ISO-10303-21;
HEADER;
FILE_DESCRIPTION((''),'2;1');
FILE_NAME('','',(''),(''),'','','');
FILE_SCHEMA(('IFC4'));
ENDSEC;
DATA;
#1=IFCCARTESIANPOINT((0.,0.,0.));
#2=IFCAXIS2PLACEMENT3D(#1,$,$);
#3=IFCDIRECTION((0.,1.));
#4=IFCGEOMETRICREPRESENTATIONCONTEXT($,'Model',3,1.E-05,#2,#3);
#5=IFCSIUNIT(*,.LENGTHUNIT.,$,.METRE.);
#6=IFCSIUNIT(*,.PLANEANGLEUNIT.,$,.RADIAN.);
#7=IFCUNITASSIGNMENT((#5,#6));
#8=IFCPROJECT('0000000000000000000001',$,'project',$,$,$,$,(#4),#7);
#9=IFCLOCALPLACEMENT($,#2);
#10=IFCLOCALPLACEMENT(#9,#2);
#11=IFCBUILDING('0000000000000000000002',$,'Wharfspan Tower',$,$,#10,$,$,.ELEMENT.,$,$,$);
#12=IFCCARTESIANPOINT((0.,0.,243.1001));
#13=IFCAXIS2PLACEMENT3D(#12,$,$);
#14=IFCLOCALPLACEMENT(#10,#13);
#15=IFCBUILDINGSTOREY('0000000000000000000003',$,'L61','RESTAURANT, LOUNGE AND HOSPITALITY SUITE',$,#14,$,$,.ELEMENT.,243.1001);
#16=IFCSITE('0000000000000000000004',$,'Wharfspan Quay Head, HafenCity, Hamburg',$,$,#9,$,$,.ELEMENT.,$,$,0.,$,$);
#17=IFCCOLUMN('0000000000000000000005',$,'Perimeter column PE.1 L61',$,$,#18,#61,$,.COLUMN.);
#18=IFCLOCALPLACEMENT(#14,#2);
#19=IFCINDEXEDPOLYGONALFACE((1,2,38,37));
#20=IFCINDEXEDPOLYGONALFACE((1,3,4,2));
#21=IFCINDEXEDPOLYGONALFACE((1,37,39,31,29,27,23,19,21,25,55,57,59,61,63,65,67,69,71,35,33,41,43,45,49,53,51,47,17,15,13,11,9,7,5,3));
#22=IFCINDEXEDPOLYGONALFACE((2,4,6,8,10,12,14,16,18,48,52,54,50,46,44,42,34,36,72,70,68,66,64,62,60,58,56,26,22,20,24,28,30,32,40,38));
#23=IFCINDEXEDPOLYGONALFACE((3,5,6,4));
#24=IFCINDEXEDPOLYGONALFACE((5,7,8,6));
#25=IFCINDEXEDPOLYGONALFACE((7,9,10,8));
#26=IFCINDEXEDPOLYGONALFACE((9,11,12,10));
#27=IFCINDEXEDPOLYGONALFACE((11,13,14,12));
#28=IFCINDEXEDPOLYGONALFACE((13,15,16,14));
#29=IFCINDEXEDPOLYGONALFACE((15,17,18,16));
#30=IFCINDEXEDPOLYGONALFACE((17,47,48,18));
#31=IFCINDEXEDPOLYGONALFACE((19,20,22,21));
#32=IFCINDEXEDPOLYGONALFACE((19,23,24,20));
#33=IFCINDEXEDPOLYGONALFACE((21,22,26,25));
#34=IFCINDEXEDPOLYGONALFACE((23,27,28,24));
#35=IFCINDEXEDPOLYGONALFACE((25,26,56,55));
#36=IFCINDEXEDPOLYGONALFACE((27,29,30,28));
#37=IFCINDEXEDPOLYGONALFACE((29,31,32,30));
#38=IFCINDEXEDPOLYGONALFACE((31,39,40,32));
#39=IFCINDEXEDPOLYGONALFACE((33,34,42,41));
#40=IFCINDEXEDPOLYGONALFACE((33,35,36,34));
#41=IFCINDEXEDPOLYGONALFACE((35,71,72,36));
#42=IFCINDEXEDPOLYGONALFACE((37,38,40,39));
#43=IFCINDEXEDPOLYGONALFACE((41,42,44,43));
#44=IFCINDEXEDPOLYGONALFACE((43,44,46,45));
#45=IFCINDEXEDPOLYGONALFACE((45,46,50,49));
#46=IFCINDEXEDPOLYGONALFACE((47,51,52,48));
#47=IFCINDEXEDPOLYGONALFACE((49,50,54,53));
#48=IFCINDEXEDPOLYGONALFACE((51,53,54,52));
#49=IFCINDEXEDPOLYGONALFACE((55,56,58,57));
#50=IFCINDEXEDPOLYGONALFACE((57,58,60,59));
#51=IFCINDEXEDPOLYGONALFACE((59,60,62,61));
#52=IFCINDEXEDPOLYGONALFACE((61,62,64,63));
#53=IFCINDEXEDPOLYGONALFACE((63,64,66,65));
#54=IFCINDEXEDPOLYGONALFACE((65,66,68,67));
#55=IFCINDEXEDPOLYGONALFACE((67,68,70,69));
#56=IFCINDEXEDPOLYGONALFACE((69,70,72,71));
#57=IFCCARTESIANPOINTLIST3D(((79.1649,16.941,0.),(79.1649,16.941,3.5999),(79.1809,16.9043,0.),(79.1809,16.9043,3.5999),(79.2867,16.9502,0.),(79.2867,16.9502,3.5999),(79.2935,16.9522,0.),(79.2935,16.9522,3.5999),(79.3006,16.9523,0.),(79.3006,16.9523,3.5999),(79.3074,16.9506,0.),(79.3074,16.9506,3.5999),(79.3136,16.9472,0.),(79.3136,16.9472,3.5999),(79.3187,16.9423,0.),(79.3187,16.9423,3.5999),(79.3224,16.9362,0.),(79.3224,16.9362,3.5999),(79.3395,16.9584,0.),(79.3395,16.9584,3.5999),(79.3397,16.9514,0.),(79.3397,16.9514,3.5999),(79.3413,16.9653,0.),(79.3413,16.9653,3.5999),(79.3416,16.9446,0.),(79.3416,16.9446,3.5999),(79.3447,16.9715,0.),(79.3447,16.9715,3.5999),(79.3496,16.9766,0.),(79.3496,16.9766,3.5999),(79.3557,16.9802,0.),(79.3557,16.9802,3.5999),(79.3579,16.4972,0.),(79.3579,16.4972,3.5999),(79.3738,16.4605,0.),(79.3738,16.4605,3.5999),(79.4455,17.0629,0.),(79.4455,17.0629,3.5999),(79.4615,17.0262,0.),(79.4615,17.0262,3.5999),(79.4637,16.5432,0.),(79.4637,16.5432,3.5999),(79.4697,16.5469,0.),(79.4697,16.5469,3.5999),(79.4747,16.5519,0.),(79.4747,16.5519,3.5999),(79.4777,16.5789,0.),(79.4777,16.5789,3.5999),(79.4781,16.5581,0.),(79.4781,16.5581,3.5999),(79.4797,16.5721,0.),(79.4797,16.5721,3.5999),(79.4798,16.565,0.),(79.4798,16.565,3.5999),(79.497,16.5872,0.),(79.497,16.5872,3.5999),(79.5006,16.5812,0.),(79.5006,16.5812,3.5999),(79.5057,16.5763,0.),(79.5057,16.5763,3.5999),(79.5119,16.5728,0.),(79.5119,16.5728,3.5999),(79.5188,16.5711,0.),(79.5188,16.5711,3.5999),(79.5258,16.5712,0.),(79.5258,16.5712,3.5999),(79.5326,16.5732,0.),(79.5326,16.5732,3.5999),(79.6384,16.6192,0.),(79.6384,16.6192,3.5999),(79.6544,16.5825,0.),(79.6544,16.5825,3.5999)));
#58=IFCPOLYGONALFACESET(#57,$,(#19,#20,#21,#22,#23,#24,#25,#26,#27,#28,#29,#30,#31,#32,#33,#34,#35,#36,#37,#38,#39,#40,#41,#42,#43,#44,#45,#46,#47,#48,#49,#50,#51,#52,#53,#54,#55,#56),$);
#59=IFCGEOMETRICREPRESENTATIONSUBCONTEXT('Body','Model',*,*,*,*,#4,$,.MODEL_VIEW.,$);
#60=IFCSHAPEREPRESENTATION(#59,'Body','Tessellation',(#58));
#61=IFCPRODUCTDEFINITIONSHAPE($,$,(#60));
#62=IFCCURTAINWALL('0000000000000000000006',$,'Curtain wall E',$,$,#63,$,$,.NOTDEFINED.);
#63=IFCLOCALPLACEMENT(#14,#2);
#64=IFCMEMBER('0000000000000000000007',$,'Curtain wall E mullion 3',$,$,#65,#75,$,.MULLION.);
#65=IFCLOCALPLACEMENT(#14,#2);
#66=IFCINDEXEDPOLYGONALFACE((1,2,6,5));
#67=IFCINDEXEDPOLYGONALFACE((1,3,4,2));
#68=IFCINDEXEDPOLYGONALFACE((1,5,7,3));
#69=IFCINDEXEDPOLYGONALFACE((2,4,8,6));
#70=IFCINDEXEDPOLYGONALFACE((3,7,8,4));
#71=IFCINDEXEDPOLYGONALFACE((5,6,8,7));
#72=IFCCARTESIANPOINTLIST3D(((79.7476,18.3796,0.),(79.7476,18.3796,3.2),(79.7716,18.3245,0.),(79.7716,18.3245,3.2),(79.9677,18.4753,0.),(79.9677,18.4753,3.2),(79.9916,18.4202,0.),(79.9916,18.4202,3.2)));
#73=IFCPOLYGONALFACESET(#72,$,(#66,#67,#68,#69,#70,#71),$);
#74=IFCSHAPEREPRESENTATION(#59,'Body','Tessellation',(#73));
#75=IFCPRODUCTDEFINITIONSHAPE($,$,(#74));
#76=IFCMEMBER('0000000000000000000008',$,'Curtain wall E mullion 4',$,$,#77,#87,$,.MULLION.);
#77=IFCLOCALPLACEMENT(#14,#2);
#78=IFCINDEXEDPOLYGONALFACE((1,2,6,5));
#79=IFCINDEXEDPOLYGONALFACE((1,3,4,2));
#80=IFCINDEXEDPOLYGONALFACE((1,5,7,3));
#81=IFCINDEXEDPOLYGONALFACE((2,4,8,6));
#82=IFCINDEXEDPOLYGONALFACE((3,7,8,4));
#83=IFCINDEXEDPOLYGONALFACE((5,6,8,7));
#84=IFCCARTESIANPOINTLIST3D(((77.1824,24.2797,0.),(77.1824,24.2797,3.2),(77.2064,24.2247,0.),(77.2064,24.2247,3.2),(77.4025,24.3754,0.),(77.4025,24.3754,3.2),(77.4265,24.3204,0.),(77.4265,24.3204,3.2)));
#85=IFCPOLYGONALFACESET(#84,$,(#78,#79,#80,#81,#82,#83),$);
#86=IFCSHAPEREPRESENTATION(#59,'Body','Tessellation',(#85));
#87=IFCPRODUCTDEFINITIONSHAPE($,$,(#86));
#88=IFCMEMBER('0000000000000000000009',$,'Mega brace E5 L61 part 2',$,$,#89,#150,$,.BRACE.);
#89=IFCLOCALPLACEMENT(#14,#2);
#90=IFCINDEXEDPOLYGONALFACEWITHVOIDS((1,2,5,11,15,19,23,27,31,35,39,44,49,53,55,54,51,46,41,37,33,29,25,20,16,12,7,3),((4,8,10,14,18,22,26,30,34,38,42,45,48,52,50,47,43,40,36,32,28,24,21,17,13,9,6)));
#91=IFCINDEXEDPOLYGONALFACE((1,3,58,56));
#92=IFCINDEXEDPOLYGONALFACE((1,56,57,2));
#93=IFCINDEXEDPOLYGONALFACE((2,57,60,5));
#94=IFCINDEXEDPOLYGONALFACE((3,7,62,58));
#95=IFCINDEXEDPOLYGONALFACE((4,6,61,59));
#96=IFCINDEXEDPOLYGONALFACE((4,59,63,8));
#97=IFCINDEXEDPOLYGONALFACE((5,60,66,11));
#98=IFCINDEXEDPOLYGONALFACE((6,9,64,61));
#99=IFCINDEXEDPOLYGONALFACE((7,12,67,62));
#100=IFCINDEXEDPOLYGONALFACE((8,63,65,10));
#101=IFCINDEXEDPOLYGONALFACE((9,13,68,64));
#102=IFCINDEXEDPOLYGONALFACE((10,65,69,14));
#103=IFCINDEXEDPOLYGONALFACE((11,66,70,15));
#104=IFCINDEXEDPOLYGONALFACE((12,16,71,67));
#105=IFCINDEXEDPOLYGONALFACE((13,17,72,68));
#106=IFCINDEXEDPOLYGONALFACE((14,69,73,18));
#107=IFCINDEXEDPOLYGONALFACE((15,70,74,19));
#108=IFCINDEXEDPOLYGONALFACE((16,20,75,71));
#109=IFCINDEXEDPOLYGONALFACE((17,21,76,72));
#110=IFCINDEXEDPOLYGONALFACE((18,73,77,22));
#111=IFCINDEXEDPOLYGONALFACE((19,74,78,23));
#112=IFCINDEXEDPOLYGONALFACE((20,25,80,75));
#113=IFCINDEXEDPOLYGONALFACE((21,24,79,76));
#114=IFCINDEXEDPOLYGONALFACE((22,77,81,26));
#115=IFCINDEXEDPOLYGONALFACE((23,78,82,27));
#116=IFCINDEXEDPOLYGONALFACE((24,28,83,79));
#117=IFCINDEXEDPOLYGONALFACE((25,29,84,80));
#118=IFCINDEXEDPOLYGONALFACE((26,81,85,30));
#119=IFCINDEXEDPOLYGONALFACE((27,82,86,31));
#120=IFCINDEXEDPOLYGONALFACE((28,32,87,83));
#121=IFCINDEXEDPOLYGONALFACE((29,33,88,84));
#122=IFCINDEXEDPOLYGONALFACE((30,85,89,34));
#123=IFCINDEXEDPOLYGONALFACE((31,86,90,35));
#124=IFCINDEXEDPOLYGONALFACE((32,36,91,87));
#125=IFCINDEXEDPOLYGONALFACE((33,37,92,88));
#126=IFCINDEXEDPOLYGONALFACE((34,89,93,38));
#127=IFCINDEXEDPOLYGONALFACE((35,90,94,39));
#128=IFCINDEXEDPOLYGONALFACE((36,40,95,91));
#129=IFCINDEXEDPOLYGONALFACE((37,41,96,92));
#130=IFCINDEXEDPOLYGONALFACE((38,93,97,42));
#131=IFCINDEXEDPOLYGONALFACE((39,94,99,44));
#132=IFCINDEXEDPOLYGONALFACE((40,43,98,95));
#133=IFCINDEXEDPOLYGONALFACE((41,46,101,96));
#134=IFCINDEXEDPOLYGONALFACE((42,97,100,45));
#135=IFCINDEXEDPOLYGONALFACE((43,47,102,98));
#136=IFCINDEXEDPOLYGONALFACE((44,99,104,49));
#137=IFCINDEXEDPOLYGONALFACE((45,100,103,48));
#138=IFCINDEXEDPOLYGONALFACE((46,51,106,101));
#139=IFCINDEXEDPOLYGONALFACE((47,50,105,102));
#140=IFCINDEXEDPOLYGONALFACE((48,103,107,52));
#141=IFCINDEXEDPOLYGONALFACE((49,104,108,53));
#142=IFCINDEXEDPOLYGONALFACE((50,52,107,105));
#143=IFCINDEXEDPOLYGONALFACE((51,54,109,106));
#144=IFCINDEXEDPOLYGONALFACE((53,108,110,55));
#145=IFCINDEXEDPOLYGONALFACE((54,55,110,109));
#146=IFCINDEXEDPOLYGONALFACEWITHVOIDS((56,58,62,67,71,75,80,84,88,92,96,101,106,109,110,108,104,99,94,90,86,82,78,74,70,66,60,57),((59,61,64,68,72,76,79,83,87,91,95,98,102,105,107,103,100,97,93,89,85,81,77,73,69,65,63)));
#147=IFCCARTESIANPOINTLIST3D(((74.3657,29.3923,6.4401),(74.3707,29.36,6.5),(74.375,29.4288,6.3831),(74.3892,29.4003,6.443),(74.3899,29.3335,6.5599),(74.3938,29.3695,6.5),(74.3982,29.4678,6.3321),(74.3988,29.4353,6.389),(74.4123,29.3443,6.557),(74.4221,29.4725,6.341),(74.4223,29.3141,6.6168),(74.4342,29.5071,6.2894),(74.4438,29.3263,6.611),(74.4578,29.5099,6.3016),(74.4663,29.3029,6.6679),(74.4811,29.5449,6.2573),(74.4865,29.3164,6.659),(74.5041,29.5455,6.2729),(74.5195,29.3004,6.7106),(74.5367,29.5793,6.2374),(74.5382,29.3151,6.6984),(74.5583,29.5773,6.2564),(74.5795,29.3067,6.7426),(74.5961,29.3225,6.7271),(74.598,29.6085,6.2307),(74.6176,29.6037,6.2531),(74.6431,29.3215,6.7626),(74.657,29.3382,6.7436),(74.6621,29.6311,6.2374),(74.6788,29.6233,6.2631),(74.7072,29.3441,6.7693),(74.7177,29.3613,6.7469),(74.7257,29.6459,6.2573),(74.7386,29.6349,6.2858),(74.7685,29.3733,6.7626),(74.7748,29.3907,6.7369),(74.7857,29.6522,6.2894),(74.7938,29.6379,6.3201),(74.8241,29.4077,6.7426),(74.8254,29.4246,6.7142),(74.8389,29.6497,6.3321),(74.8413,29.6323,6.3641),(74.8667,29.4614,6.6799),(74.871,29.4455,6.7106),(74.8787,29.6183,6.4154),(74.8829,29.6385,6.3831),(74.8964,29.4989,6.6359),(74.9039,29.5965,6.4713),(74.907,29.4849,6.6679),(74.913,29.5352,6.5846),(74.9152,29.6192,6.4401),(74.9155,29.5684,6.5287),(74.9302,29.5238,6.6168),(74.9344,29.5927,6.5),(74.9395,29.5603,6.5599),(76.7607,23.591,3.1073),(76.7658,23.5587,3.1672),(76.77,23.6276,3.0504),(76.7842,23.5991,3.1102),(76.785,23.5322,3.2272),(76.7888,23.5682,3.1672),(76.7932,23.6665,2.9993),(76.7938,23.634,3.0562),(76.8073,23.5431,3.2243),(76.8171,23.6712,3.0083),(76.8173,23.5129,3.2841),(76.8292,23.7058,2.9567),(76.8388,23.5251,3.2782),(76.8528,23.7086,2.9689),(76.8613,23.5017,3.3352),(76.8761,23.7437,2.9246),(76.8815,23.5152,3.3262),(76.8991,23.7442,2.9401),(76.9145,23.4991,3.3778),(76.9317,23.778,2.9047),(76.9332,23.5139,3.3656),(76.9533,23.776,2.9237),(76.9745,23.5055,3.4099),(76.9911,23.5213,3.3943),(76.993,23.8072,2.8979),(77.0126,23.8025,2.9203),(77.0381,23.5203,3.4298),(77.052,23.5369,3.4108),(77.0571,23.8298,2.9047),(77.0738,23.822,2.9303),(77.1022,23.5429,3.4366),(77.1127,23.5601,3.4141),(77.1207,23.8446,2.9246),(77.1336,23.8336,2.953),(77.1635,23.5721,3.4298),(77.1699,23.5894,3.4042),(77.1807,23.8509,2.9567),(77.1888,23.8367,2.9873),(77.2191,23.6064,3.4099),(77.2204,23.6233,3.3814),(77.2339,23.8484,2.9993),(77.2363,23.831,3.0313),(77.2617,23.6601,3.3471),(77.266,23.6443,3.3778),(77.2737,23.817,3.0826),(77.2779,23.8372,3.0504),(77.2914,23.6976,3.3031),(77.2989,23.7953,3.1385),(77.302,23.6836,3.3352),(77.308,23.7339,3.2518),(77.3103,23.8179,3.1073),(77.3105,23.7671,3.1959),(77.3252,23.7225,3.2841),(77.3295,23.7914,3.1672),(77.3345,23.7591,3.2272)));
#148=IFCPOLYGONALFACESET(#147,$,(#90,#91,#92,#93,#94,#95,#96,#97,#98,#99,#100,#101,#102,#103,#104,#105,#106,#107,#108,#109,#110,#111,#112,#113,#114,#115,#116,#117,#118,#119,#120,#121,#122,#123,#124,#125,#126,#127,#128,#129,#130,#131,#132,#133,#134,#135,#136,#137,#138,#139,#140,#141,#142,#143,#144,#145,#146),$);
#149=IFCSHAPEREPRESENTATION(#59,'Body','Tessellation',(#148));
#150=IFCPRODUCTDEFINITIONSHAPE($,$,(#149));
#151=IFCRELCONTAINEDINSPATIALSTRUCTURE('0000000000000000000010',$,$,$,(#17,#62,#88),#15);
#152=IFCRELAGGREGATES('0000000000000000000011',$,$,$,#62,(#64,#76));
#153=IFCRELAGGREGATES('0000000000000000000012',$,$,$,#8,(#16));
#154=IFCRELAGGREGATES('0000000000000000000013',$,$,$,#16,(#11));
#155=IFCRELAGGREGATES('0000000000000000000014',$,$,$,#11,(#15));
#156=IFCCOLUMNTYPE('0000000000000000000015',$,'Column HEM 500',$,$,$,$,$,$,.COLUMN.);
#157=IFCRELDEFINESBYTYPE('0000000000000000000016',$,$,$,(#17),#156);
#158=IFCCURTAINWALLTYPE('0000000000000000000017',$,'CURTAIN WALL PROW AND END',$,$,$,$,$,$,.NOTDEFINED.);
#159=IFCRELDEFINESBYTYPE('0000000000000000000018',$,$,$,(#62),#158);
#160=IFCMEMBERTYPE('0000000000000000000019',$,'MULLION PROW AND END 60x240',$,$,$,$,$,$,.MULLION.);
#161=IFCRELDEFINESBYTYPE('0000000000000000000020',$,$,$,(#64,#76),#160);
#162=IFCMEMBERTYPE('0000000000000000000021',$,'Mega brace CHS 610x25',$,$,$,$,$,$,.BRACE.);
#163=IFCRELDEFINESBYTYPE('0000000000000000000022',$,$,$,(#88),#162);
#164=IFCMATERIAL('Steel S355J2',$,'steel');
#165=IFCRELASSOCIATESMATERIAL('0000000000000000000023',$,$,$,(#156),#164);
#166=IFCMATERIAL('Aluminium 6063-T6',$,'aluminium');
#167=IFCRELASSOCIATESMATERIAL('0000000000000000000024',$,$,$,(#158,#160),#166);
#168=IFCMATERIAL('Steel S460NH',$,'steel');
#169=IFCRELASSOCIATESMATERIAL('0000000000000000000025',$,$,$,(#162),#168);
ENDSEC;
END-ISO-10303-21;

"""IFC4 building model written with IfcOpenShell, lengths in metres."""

from ifc_helpers import new_model, si_unit, direction, frame, origin, origin_2d, place, context, subcontext, project, spatial, rectangle, hollow_circle, i_section, extrude, material, material_profile, profile_set, type_object, element, aggregate, save


model = new_model("IFC4")

# Units and contexts
model_context = context("Model", 3, precision=1e-05, world=origin(), true_north=direction((0.0, 1.0)))
body_context = subcontext(model_context, "Body", "Model", "MODEL_VIEW")
ifc_project = project(units=[si_unit("LENGTHUNIT", "METRE"), si_unit("PLANEANGLEUNIT", "RADIAN")], contexts=[model_context])

# Site, building, storey
site_placement = place(None, origin())
site = spatial("IfcSite", under=ifc_project, at=site_placement, Name="Wharfspan Quay Head, HafenCity, Hamburg", CompositionType="ELEMENT", RefElevation=0.0)
building_placement = place(site_placement, origin())
building = spatial("IfcBuilding", under=site, at=building_placement, Name="Wharfspan Tower", CompositionType="ELEMENT")
storey_placement = place(building_placement, frame((0.0, 0.0, 243.1001)))
storey = spatial("IfcBuildingStorey", under=building, at=storey_placement, Name="L61", Description="RESTAURANT, LOUNGE AND HOSPITALITY SUITE", CompositionType="ELEMENT", Elevation=243.1001)

# Column
ifc_material_1 = material(Name="Steel S355J2", Category="steel")
ifc_material_profile_1 = material_profile(ifc_material_1, i_section(OverallWidth=0.3059, OverallDepth=0.5239, WebThickness=0.021, FlangeThickness=0.04, FilletRadius=0.0271, at=origin_2d()))
ifc_profile_set_1 = profile_set([ifc_material_profile_1], Name="Steel S355J2")
column_type = type_object("IfcColumnType", Name="Column HEM 500", PredefinedType="COLUMN", material=ifc_profile_set_1)
column_placement = place(storey_placement, frame((79.4097, 16.7617, 0.0), z_axis=(0.0, 0.0, 1.0), x_axis=(0.917072, 0.398727, 0.0)))
element("IfcColumn", 1, at=column_placement, inside=storey, type_object=column_type, Name="Perimeter column PE.1 L61", PredefinedType="COLUMN", context=body_context, shape_type="SweptSolid", body=[
    extrude(i_section(OverallWidth=0.3059, OverallDepth=0.5239, WebThickness=0.021, FlangeThickness=0.04, FilletRadius=0.0271, at=origin_2d()), origin(), (0.0, 0.0, 1.0), 3.5999),
])

# Curtain wall, members
ifc_material_2 = material(Name="Aluminium 6063-T6", Category="aluminium")
curtain_wall_type = type_object("IfcCurtainWallType", Name="CURTAIN WALL PROW AND END", PredefinedType="NOTDEFINED", material=ifc_material_2)
curtain_wall_placement = place(storey_placement, origin())
curtain_wall = element("IfcCurtainWall", 2, at=curtain_wall_placement, inside=storey, type_object=curtain_wall_type, Name="Curtain wall E", PredefinedType="NOTDEFINED")
ifc_material_profile_2 = material_profile(ifc_material_2, rectangle(XDim=0.24, YDim=0.0601, at=origin_2d()))
ifc_profile_set_2 = profile_set([ifc_material_profile_2], Name="Aluminium 6063-T6")
member_type_1 = type_object("IfcMemberType", Name="MULLION PROW AND END 60x240", PredefinedType="MULLION", material=ifc_profile_set_2)
member_1_placement = place(storey_placement, frame((79.8696, 18.3999, 0.0), z_axis=(0.0, 0.0, 1.0), x_axis=(-0.917072, -0.398727, 0.0)))
member_1 = element("IfcMember", 3, at=member_1_placement, type_object=member_type_1, Name="Curtain wall E mullion 3", PredefinedType="MULLION", context=body_context, shape_type="SweptSolid", body=[
    extrude(rectangle(XDim=0.24, YDim=0.0601, at=origin_2d()), origin(), (0.0, 0.0, 1.0), 3.2),
])
member_2_placement = place(storey_placement, frame((77.3044, 24.3, 0.0), z_axis=(0.0, 0.0, 1.0), x_axis=(-0.917072, -0.398727, 0.0)))
member_2 = element("IfcMember", 4, at=member_2_placement, type_object=member_type_1, Name="Curtain wall E mullion 4", PredefinedType="MULLION", context=body_context, shape_type="SweptSolid", body=[
    extrude(rectangle(XDim=0.24, YDim=0.0601, at=origin_2d()), origin(), (0.0, 0.0, 1.0), 3.2),
])

# Member
ifc_material_3 = material(Name="Steel S460NH", Category="steel")
ifc_material_profile_3 = material_profile(ifc_material_3, hollow_circle(Radius=0.3049, WallThickness=0.0249, at=origin_2d()))
ifc_profile_set_3 = profile_set([ifc_material_profile_3], Name="Steel S460NH")
member_type_2 = type_object("IfcMemberType", Name="Mega brace CHS 610x25", PredefinedType="BRACE", material=ifc_profile_set_3)
member_3_placement = place(storey_placement, frame((77.0476, 23.675, 3.1672), z_axis=(-0.337032, 0.816367, 0.468993), x_axis=(-0.92433, -0.381605, 0.000002)))
element("IfcMember", 5, at=member_3_placement, inside=storey, type_object=member_type_2, Name="Mega brace E5 L61 part 2", PredefinedType="BRACE", context=body_context, shape_type="SweptSolid", body=[
    extrude(hollow_circle(Radius=0.3049, WallThickness=0.0249, at=origin_2d()), origin(), (0.0, 0.0, 1.0), 7.1062),
])

aggregate(curtain_wall, [member_1, member_2])

save(model, "model.ifc")
